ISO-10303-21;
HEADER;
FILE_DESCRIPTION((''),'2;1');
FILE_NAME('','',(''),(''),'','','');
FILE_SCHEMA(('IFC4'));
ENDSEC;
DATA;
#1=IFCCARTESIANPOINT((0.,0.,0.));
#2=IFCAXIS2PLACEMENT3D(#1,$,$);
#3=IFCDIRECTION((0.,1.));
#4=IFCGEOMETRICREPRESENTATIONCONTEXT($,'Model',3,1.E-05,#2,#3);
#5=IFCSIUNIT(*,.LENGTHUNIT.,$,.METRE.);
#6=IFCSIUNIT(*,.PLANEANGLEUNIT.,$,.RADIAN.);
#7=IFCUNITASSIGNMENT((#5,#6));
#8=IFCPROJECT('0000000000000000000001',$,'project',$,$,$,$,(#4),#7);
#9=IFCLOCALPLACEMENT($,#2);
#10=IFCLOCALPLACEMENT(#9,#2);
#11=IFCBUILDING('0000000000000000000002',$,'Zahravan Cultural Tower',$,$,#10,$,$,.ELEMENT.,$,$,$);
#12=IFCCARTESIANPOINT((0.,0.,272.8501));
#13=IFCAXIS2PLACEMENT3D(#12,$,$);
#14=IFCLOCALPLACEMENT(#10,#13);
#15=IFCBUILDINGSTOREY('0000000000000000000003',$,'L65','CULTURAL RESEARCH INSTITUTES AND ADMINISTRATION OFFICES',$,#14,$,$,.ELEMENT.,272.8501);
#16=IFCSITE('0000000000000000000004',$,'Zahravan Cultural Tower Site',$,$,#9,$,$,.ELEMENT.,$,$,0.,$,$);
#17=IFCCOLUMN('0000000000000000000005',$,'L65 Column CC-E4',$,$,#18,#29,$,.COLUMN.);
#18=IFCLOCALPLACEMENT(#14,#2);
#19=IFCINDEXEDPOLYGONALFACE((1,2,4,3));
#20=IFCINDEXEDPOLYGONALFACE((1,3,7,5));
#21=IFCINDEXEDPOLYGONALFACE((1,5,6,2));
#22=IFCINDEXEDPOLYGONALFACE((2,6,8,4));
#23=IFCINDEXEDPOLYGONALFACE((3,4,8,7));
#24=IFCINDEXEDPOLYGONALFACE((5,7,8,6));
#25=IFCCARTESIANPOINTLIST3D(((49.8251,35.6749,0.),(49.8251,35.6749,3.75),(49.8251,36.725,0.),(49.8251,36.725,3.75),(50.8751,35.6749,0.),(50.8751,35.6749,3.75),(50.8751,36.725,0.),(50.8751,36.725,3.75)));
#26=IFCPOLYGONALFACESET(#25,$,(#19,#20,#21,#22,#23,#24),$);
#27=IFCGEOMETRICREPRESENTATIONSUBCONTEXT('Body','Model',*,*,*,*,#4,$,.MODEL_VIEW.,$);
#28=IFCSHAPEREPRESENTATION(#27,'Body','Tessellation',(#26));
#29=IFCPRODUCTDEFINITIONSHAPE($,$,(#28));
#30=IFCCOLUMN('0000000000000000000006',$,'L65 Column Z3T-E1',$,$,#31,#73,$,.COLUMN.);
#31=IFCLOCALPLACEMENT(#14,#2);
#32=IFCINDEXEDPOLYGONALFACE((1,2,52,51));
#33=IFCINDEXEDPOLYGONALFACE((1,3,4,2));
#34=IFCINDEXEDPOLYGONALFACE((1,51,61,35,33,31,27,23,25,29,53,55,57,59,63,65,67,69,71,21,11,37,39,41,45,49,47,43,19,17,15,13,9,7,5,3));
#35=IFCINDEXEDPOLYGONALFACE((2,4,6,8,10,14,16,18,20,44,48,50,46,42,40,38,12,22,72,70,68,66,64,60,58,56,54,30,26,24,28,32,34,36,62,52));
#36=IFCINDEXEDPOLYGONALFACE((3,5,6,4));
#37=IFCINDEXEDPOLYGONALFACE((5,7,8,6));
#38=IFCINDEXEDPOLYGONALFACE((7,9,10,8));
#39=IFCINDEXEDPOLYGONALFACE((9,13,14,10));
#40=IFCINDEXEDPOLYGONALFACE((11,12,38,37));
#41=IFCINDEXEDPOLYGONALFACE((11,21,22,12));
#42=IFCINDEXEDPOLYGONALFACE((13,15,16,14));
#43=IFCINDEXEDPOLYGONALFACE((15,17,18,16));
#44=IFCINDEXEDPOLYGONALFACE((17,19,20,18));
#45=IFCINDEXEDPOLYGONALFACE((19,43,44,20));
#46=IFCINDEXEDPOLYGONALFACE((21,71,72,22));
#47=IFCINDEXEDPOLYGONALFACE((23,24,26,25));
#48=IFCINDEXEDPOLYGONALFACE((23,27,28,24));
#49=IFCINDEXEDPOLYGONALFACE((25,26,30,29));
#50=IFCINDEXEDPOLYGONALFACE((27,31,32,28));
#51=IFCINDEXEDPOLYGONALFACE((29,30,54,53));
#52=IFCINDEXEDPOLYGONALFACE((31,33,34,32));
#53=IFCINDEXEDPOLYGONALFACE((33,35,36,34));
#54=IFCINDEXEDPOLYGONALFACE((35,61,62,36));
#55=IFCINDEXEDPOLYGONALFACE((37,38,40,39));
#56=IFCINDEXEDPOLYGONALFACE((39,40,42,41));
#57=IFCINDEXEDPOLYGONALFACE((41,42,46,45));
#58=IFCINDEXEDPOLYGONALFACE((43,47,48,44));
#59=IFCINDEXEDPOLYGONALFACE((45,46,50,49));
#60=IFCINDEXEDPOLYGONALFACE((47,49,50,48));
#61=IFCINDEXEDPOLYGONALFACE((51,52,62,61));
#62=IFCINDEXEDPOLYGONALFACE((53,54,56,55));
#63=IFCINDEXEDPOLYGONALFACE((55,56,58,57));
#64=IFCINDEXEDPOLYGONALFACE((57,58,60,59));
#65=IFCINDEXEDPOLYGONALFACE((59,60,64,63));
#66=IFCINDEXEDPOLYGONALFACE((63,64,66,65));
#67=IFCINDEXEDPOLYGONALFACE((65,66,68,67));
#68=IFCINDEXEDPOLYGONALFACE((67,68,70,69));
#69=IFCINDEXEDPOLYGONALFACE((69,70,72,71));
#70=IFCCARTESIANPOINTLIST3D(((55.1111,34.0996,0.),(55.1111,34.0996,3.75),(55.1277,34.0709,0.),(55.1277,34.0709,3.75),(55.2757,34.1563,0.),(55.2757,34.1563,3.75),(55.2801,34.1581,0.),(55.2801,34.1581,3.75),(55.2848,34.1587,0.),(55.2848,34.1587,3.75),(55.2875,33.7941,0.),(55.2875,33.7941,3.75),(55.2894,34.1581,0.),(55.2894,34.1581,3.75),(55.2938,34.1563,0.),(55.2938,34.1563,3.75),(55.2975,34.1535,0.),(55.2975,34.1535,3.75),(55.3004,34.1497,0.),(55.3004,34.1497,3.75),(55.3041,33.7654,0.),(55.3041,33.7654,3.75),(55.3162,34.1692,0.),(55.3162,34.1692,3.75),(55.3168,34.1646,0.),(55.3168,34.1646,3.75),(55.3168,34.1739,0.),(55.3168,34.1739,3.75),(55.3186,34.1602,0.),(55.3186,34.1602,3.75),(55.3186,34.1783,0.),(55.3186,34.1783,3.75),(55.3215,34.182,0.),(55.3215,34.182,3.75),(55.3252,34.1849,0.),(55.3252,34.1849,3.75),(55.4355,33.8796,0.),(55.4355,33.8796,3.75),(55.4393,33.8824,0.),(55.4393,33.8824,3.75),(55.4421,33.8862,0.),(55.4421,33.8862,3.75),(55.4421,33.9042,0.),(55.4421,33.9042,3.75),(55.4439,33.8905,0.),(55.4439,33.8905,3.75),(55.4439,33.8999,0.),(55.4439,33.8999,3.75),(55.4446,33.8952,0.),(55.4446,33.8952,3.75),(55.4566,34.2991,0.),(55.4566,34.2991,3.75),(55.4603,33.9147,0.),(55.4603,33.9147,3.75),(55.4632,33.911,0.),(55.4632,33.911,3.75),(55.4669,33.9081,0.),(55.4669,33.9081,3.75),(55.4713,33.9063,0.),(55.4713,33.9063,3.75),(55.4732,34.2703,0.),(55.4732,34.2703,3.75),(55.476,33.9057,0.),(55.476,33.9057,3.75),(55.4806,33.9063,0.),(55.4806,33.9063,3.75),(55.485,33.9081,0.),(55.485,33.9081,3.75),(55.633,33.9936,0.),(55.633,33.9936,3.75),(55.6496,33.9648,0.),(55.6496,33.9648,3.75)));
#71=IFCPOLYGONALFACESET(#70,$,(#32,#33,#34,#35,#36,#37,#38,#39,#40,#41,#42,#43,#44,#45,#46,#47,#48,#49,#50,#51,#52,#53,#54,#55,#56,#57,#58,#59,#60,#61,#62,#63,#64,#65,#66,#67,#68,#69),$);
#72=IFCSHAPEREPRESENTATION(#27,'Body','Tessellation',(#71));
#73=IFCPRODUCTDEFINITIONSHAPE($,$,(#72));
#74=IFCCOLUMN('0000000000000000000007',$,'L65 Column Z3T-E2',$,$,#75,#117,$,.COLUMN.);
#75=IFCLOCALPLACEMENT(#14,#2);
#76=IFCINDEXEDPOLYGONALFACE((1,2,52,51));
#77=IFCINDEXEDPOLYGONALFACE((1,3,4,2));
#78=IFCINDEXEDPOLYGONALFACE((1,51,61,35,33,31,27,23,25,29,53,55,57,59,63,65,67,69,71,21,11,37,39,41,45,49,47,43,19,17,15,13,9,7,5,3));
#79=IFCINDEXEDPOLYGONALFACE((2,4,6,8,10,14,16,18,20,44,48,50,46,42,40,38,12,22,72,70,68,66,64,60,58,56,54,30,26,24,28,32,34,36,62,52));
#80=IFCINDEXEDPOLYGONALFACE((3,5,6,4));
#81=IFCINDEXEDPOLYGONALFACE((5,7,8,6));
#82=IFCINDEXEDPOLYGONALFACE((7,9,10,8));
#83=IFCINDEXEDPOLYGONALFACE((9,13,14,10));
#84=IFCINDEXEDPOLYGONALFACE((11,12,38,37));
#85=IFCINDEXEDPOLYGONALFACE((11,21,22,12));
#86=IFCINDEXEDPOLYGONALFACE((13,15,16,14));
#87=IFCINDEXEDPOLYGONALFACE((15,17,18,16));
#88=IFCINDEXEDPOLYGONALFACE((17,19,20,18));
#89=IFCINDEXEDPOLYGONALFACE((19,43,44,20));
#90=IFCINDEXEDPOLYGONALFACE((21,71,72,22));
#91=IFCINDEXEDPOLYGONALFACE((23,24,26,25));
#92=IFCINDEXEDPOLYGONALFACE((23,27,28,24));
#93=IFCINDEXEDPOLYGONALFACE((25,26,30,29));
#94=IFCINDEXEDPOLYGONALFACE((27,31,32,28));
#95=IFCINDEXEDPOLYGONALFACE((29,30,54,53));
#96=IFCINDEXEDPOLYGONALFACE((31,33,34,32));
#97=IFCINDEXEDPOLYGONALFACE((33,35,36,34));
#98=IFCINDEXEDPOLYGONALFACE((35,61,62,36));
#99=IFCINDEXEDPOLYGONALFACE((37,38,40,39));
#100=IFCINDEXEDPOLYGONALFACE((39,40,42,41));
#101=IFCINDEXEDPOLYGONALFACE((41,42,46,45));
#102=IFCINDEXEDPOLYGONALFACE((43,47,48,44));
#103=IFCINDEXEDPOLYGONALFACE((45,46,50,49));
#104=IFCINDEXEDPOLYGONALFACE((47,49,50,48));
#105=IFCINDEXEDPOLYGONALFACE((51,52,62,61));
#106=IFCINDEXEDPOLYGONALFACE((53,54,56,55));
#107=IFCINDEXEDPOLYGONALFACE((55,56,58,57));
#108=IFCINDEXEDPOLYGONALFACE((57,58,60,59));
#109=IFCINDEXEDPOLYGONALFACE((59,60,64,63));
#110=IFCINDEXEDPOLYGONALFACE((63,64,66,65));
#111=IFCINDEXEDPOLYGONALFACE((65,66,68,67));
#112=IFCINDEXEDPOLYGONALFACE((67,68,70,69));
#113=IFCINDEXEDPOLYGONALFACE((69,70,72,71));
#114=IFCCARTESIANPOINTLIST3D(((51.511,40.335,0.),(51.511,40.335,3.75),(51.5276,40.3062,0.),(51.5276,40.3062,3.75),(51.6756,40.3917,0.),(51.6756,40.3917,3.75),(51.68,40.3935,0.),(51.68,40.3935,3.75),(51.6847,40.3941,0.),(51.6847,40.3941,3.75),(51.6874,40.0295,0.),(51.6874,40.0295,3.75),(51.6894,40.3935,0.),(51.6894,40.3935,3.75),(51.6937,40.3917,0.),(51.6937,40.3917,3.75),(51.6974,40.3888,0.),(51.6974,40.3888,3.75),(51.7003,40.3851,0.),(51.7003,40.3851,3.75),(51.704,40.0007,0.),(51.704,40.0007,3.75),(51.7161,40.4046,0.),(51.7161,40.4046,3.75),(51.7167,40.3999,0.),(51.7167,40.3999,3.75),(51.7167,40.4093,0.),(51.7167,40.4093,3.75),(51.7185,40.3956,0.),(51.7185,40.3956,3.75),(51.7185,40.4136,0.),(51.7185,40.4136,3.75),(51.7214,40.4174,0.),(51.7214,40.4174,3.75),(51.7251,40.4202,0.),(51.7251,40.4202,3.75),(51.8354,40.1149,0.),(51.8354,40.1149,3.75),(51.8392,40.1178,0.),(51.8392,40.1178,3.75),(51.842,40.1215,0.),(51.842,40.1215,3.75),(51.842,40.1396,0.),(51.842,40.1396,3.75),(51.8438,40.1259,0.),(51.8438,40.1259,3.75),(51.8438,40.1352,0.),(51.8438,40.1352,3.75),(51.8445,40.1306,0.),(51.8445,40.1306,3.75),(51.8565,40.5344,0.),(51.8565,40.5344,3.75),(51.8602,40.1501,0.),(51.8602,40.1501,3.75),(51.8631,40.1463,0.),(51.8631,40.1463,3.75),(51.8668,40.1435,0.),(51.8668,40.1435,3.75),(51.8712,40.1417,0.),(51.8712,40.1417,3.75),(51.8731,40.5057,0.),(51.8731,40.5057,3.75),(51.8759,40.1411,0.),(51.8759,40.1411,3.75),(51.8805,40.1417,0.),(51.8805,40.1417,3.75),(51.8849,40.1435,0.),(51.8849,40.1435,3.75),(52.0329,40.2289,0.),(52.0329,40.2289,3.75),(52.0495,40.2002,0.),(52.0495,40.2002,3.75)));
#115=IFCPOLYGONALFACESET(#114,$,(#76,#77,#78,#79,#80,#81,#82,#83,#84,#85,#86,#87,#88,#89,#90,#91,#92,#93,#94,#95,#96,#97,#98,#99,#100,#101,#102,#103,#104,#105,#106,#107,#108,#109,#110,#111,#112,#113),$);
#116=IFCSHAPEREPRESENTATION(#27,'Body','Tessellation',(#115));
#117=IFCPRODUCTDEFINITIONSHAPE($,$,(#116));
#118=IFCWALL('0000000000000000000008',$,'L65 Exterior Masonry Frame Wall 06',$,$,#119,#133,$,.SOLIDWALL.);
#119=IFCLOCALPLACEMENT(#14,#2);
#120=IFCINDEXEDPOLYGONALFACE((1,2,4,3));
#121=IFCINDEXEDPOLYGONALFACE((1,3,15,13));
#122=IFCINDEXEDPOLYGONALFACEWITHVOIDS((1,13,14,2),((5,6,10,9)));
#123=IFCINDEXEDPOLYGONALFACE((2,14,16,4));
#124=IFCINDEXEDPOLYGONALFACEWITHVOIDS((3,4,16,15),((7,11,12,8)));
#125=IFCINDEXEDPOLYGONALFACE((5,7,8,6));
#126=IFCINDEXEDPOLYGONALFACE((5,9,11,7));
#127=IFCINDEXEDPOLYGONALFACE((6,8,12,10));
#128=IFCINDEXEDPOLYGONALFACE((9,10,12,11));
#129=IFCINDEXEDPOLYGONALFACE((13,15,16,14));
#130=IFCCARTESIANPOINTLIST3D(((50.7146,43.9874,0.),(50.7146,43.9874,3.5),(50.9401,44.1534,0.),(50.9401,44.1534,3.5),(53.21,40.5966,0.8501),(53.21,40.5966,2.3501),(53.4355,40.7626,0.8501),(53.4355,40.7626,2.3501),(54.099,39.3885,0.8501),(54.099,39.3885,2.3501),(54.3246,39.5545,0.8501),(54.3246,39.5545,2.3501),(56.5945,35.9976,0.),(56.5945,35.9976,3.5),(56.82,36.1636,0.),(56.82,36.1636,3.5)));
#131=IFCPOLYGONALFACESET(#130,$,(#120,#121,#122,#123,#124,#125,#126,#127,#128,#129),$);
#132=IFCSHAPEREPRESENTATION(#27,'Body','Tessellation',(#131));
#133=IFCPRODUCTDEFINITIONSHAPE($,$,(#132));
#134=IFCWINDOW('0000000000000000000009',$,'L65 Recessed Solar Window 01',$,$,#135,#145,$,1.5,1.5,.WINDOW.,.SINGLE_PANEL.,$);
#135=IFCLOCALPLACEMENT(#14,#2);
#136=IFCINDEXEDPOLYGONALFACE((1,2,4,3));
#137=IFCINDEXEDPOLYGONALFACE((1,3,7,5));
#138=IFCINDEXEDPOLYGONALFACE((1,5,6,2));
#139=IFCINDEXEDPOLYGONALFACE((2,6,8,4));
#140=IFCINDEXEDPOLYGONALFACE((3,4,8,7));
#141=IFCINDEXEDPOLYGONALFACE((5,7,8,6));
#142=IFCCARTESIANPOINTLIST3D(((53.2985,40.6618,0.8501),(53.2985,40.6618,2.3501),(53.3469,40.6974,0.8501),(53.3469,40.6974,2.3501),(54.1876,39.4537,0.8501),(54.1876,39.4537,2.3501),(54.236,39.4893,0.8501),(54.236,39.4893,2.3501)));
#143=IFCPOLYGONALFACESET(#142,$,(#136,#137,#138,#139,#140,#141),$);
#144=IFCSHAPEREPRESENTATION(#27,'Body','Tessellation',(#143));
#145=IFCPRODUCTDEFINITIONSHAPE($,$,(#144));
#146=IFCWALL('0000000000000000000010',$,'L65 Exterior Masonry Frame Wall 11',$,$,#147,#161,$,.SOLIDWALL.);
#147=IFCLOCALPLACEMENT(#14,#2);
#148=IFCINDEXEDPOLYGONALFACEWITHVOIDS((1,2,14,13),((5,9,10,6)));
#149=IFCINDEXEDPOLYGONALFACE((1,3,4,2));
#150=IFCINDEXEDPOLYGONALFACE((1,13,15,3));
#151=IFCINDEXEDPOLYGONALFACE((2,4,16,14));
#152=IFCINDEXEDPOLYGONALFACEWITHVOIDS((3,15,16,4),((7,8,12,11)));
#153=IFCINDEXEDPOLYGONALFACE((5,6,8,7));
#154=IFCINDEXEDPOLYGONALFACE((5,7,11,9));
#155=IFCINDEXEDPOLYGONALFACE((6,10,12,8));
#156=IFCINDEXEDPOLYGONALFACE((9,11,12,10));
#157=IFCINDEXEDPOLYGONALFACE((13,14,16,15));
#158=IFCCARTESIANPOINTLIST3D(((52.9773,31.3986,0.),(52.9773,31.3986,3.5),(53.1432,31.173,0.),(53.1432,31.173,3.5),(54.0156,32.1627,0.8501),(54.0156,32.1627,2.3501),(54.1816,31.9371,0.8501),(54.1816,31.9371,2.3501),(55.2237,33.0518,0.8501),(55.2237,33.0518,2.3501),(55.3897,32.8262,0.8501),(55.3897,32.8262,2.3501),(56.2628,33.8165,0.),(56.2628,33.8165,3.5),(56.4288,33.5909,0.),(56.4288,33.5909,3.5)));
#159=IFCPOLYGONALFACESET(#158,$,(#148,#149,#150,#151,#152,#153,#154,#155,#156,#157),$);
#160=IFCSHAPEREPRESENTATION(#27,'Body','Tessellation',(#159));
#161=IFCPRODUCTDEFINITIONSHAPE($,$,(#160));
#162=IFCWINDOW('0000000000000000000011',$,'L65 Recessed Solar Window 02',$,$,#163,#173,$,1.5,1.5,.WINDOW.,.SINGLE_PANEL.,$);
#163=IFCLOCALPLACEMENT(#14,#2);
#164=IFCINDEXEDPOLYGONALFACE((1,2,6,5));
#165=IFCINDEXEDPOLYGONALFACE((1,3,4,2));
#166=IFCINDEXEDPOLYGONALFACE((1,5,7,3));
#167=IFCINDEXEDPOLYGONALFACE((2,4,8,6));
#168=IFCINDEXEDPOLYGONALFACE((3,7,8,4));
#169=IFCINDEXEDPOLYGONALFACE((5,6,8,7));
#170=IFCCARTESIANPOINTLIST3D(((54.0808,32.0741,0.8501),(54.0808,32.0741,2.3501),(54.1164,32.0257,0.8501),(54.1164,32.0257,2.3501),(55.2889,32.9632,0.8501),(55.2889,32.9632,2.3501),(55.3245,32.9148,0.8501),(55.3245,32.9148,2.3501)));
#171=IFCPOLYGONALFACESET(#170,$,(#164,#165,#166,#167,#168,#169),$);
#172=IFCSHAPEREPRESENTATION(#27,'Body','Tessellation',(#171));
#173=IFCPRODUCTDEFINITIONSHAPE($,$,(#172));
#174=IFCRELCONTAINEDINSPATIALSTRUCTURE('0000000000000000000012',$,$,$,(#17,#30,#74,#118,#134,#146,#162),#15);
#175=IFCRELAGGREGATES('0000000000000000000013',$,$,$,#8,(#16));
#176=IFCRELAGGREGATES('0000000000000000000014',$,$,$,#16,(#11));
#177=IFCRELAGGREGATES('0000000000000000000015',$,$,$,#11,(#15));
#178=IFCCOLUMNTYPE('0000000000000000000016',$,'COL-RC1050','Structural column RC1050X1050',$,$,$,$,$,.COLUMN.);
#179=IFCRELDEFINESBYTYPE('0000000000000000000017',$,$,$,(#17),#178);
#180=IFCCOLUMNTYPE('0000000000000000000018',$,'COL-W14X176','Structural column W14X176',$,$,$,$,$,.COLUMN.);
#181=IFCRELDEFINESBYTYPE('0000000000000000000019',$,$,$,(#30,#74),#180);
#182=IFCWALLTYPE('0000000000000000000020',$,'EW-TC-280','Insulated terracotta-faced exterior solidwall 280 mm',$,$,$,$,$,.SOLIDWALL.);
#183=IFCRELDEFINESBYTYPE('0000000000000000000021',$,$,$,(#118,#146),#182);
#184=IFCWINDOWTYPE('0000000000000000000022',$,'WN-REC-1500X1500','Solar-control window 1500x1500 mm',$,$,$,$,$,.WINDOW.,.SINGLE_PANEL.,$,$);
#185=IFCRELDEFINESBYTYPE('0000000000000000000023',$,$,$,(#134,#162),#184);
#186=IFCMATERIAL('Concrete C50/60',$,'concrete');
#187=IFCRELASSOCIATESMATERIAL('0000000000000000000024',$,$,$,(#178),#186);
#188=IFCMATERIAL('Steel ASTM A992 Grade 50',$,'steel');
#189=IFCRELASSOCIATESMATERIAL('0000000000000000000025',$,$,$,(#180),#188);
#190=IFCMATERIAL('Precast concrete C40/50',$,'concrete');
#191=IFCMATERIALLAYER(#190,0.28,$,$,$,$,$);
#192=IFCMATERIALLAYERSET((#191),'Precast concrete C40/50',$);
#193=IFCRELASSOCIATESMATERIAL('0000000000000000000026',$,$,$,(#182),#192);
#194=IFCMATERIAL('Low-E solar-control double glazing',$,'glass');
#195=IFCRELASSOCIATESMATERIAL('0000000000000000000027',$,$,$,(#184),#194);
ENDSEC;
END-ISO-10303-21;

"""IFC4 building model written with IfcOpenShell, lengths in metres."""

from ifc_helpers import new_model, si_unit, direction, frame, frame_2d, origin, origin_2d, place, context, subcontext, project, spatial, rectangle, i_section, extrude, source, transform, mapped, material, layer, layer_set, material_profile, profile_set, type_object, element, fill, save


model = new_model("IFC4")

# Units and contexts
model_context = context("Model", 3, precision=1e-05, world=origin(), true_north=direction((0.0, 1.0)))
body_context = subcontext(model_context, "Body", "Model", "MODEL_VIEW")
ifc_project = project(units=[si_unit("LENGTHUNIT", "METRE"), si_unit("PLANEANGLEUNIT", "RADIAN")], contexts=[model_context])

# Site, building, storey
site_placement = place(None, origin())
site = spatial("IfcSite", under=ifc_project, at=site_placement, Name="Zahravan Cultural Tower Site", CompositionType="ELEMENT", RefElevation=0.0)
building_placement = place(site_placement, origin())
building = spatial("IfcBuilding", under=site, at=building_placement, Name="Zahravan Cultural Tower", CompositionType="ELEMENT")
storey_placement = place(building_placement, frame((0.0, 0.0, 272.8501)))
storey = spatial("IfcBuildingStorey", under=building, at=storey_placement, Name="L65", Description="CULTURAL RESEARCH INSTITUTES AND ADMINISTRATION OFFICES", CompositionType="ELEMENT", Elevation=272.8501)

# Columns
ifc_material_1 = material(Name="Concrete C50/60", Category="concrete")
ifc_material_profile_1 = material_profile(ifc_material_1, rectangle(XDim=1.05, YDim=1.05, at=origin_2d()), Name="RC1050X1050")
ifc_profile_set_1 = profile_set([ifc_material_profile_1], Name="Concrete C50/60")
column_type_1 = type_object("IfcColumnType", Name="COL-RC1050", Description="Structural column RC1050X1050", PredefinedType="COLUMN", material=ifc_profile_set_1)
shared_shape_1 = source(origin(), body_context, "Body", "SweptSolid", [
    extrude(rectangle(XDim=1.05, YDim=1.05, at=origin_2d()), origin(), (0.0, 0.0, 1.0), 3.75),
])
column_placement = place(storey_placement, frame((50.3501, 36.2, 0.0), z_axis=(0.0, 0.0, 1.0), x_axis=(1.0, 0.0, 0.0)))
element("IfcColumn", 1, at=column_placement, inside=storey, type_object=column_type_1, Name="L65 Column CC-E4", PredefinedType="COLUMN", context=body_context, shape_type="MappedRepresentation", body=[
    mapped(shared_shape_1, transform((0.0, 0.0, 0.0), x_axis=(1.0, 0.0, 0.0), y_axis=(0.0, 1.0, 0.0), z_axis=(0.0, 0.0, 1.0), scale=1.0)),
])
ifc_material_2 = material(Name="Steel ASTM A992 Grade 50", Category="steel")
ifc_material_profile_2 = material_profile(ifc_material_2, i_section(OverallWidth=0.3989, OverallDepth=0.386, WebThickness=0.021, FlangeThickness=0.0332, FilletRadius=0.0181, at=origin_2d()), Name="W14X176")
ifc_profile_set_2 = profile_set([ifc_material_profile_2], Name="Steel ASTM A992 Grade 50")
column_type_2 = type_object("IfcColumnType", Name="COL-W14X176", Description="Structural column W14X176", PredefinedType="COLUMN", material=ifc_profile_set_2)
shared_shape_2 = source(origin(), body_context, "Body", "SweptSolid", [
    extrude(i_section(OverallWidth=0.3989, OverallDepth=0.386, WebThickness=0.021, FlangeThickness=0.0332, FilletRadius=0.0181, at=origin_2d()), origin(), (0.0, 0.0, 1.0), 3.75),
])
for number, where, z_axis, x_axis, name in (
    (2, (55.3804, 34.0322, 0.0), (0.0, 0.0, 1.0), (0.866025, 0.5, 0.0), "L65 Column Z3T-E1"),
    (3, (51.7803, 40.2676, 0.0), (0.0, 0.0, 1.0), (0.866025, 0.5, 0.0), "L65 Column Z3T-E2"),
):
    element("IfcColumn", number, at=place(storey_placement, frame(where, z_axis=z_axis, x_axis=x_axis)), inside=storey, type_object=column_type_2, Name=name, PredefinedType="COLUMN", context=body_context, shape_type="MappedRepresentation", body=[
        mapped(shared_shape_2, transform((0.0, 0.0, 0.0), x_axis=(1.0, 0.0, 0.0), y_axis=(0.0, 1.0, 0.0), z_axis=(0.0, 0.0, 1.0), scale=1.0)),
    ])

# Walls, openings, windows
ifc_material_3 = material(Name="Precast concrete C40/50", Category="concrete")
ifc_layer_1 = layer(ifc_material_3, 0.28)
ifc_layer_set_1 = layer_set([ifc_layer_1], Name="Precast concrete C40/50")
wall_type_1 = type_object("IfcWallType", Name="EW-TC-280", Description="Insulated terracotta-faced exterior solidwall 280 mm", PredefinedType="SOLIDWALL", material=ifc_layer_set_1)
wall_1_placement = place(storey_placement, frame((50.8274, 44.0703, 0.0), z_axis=(0.0, 0.0, 1.0), x_axis=(0.592722, -0.805407, 0.0)))
wall_1 = element("IfcWall", 4, at=wall_1_placement, inside=storey, type_object=wall_type_1, Name="L65 Exterior Masonry Frame Wall 06", PredefinedType="SOLIDWALL", context=body_context, shape_type="SweptSolid", body=[
    extrude(rectangle(XDim=9.9202, YDim=0.28, at=frame_2d((4.96, 0.0))), origin(), (0.0, 0.0, 1.0), 3.5),
])
opening_1_placement = place(wall_1_placement, frame((4.21, 0.0, 0.8501)))
opening_1 = element("IfcOpeningElement", 5, at=opening_1_placement, cuts=wall_1, PredefinedType="OPENING", context=body_context, shape_type="SweptSolid", body=[
    extrude(rectangle(XDim=1.5, YDim=1.5, at=frame_2d((0.75, 0.75))), frame((0.0, 0.1499, 0.0), z_axis=(0.0, -1.0, 0.0), x_axis=(1.0, 0.0, 0.0)), (0.0, 0.0, 1.0), 0.3),
])
ifc_material_4 = material(Name="Low-E solar-control double glazing", Category="glass")
window_type = type_object("IfcWindowType", Name="WN-REC-1500X1500", Description="Solar-control window 1500x1500 mm", PartitioningType="SINGLE_PANEL", PredefinedType="WINDOW", material=ifc_material_4)
shared_shape_3 = source(origin(), body_context, "Body", "SweptSolid", [
    extrude(rectangle(XDim=1.5, YDim=1.5, at=frame_2d((0.75, 0.75))), frame((0.0, 0.03, 0.0), z_axis=(0.0, -1.0, 0.0), x_axis=(1.0, 0.0, 0.0)), (0.0, 0.0, 1.0), 0.0601),
])
window_1_placement = place(opening_1_placement, origin())
window_1 = element("IfcWindow", 6, at=window_1_placement, inside=storey, type_object=window_type, Name="L65 Recessed Solar Window 01", OverallHeight=1.5, OverallWidth=1.5, PartitioningType="SINGLE_PANEL", PredefinedType="WINDOW", context=body_context, shape_type="MappedRepresentation", body=[
    mapped(shared_shape_3, transform((0.0, 0.0, 0.0), x_axis=(1.0, 0.0, 0.0), y_axis=(0.0, 1.0, 0.0), z_axis=(0.0, 0.0, 1.0), scale=1.0)),
])
fill(opening_1, window_1)
wall_2_placement = place(storey_placement, frame((56.3457, 33.7036, 0.0), z_axis=(0.0, 0.0, 1.0), x_axis=(-0.805411, -0.592717, 0.0)))
wall_2 = element("IfcWall", 7, at=wall_2_placement, inside=storey, type_object=wall_type_1, Name="L65 Exterior Masonry Frame Wall 11", PredefinedType="SOLIDWALL", context=body_context, shape_type="SweptSolid", body=[
    extrude(rectangle(XDim=4.0793, YDim=0.28, at=frame_2d((2.0396, 0.0))), origin(), (0.0, 0.0, 1.0), 3.5),
])
opening_2_placement = place(wall_2_placement, frame((1.29, 0.0, 0.8501)))
opening_2 = element("IfcOpeningElement", 8, at=opening_2_placement, cuts=wall_2, PredefinedType="OPENING", context=body_context, shape_type="SweptSolid", body=[
    extrude(rectangle(XDim=1.5, YDim=1.5, at=frame_2d((0.75, 0.75))), frame((0.0, 0.1499, 0.0), z_axis=(0.0, -1.0, 0.0), x_axis=(1.0, 0.0, 0.0)), (0.0, 0.0, 1.0), 0.3),
])
window_2_placement = place(opening_2_placement, origin())
window_2 = element("IfcWindow", 9, at=window_2_placement, inside=storey, type_object=window_type, Name="L65 Recessed Solar Window 02", OverallHeight=1.5, OverallWidth=1.5, PartitioningType="SINGLE_PANEL", PredefinedType="WINDOW", context=body_context, shape_type="MappedRepresentation", body=[
    mapped(shared_shape_3, transform((0.0, 0.0, 0.0), x_axis=(1.0, 0.0, 0.0), y_axis=(0.0, 1.0, 0.0), z_axis=(0.0, 0.0, 1.0), scale=1.0)),
])
fill(opening_2, window_2)

save(model, "model.ifc")
